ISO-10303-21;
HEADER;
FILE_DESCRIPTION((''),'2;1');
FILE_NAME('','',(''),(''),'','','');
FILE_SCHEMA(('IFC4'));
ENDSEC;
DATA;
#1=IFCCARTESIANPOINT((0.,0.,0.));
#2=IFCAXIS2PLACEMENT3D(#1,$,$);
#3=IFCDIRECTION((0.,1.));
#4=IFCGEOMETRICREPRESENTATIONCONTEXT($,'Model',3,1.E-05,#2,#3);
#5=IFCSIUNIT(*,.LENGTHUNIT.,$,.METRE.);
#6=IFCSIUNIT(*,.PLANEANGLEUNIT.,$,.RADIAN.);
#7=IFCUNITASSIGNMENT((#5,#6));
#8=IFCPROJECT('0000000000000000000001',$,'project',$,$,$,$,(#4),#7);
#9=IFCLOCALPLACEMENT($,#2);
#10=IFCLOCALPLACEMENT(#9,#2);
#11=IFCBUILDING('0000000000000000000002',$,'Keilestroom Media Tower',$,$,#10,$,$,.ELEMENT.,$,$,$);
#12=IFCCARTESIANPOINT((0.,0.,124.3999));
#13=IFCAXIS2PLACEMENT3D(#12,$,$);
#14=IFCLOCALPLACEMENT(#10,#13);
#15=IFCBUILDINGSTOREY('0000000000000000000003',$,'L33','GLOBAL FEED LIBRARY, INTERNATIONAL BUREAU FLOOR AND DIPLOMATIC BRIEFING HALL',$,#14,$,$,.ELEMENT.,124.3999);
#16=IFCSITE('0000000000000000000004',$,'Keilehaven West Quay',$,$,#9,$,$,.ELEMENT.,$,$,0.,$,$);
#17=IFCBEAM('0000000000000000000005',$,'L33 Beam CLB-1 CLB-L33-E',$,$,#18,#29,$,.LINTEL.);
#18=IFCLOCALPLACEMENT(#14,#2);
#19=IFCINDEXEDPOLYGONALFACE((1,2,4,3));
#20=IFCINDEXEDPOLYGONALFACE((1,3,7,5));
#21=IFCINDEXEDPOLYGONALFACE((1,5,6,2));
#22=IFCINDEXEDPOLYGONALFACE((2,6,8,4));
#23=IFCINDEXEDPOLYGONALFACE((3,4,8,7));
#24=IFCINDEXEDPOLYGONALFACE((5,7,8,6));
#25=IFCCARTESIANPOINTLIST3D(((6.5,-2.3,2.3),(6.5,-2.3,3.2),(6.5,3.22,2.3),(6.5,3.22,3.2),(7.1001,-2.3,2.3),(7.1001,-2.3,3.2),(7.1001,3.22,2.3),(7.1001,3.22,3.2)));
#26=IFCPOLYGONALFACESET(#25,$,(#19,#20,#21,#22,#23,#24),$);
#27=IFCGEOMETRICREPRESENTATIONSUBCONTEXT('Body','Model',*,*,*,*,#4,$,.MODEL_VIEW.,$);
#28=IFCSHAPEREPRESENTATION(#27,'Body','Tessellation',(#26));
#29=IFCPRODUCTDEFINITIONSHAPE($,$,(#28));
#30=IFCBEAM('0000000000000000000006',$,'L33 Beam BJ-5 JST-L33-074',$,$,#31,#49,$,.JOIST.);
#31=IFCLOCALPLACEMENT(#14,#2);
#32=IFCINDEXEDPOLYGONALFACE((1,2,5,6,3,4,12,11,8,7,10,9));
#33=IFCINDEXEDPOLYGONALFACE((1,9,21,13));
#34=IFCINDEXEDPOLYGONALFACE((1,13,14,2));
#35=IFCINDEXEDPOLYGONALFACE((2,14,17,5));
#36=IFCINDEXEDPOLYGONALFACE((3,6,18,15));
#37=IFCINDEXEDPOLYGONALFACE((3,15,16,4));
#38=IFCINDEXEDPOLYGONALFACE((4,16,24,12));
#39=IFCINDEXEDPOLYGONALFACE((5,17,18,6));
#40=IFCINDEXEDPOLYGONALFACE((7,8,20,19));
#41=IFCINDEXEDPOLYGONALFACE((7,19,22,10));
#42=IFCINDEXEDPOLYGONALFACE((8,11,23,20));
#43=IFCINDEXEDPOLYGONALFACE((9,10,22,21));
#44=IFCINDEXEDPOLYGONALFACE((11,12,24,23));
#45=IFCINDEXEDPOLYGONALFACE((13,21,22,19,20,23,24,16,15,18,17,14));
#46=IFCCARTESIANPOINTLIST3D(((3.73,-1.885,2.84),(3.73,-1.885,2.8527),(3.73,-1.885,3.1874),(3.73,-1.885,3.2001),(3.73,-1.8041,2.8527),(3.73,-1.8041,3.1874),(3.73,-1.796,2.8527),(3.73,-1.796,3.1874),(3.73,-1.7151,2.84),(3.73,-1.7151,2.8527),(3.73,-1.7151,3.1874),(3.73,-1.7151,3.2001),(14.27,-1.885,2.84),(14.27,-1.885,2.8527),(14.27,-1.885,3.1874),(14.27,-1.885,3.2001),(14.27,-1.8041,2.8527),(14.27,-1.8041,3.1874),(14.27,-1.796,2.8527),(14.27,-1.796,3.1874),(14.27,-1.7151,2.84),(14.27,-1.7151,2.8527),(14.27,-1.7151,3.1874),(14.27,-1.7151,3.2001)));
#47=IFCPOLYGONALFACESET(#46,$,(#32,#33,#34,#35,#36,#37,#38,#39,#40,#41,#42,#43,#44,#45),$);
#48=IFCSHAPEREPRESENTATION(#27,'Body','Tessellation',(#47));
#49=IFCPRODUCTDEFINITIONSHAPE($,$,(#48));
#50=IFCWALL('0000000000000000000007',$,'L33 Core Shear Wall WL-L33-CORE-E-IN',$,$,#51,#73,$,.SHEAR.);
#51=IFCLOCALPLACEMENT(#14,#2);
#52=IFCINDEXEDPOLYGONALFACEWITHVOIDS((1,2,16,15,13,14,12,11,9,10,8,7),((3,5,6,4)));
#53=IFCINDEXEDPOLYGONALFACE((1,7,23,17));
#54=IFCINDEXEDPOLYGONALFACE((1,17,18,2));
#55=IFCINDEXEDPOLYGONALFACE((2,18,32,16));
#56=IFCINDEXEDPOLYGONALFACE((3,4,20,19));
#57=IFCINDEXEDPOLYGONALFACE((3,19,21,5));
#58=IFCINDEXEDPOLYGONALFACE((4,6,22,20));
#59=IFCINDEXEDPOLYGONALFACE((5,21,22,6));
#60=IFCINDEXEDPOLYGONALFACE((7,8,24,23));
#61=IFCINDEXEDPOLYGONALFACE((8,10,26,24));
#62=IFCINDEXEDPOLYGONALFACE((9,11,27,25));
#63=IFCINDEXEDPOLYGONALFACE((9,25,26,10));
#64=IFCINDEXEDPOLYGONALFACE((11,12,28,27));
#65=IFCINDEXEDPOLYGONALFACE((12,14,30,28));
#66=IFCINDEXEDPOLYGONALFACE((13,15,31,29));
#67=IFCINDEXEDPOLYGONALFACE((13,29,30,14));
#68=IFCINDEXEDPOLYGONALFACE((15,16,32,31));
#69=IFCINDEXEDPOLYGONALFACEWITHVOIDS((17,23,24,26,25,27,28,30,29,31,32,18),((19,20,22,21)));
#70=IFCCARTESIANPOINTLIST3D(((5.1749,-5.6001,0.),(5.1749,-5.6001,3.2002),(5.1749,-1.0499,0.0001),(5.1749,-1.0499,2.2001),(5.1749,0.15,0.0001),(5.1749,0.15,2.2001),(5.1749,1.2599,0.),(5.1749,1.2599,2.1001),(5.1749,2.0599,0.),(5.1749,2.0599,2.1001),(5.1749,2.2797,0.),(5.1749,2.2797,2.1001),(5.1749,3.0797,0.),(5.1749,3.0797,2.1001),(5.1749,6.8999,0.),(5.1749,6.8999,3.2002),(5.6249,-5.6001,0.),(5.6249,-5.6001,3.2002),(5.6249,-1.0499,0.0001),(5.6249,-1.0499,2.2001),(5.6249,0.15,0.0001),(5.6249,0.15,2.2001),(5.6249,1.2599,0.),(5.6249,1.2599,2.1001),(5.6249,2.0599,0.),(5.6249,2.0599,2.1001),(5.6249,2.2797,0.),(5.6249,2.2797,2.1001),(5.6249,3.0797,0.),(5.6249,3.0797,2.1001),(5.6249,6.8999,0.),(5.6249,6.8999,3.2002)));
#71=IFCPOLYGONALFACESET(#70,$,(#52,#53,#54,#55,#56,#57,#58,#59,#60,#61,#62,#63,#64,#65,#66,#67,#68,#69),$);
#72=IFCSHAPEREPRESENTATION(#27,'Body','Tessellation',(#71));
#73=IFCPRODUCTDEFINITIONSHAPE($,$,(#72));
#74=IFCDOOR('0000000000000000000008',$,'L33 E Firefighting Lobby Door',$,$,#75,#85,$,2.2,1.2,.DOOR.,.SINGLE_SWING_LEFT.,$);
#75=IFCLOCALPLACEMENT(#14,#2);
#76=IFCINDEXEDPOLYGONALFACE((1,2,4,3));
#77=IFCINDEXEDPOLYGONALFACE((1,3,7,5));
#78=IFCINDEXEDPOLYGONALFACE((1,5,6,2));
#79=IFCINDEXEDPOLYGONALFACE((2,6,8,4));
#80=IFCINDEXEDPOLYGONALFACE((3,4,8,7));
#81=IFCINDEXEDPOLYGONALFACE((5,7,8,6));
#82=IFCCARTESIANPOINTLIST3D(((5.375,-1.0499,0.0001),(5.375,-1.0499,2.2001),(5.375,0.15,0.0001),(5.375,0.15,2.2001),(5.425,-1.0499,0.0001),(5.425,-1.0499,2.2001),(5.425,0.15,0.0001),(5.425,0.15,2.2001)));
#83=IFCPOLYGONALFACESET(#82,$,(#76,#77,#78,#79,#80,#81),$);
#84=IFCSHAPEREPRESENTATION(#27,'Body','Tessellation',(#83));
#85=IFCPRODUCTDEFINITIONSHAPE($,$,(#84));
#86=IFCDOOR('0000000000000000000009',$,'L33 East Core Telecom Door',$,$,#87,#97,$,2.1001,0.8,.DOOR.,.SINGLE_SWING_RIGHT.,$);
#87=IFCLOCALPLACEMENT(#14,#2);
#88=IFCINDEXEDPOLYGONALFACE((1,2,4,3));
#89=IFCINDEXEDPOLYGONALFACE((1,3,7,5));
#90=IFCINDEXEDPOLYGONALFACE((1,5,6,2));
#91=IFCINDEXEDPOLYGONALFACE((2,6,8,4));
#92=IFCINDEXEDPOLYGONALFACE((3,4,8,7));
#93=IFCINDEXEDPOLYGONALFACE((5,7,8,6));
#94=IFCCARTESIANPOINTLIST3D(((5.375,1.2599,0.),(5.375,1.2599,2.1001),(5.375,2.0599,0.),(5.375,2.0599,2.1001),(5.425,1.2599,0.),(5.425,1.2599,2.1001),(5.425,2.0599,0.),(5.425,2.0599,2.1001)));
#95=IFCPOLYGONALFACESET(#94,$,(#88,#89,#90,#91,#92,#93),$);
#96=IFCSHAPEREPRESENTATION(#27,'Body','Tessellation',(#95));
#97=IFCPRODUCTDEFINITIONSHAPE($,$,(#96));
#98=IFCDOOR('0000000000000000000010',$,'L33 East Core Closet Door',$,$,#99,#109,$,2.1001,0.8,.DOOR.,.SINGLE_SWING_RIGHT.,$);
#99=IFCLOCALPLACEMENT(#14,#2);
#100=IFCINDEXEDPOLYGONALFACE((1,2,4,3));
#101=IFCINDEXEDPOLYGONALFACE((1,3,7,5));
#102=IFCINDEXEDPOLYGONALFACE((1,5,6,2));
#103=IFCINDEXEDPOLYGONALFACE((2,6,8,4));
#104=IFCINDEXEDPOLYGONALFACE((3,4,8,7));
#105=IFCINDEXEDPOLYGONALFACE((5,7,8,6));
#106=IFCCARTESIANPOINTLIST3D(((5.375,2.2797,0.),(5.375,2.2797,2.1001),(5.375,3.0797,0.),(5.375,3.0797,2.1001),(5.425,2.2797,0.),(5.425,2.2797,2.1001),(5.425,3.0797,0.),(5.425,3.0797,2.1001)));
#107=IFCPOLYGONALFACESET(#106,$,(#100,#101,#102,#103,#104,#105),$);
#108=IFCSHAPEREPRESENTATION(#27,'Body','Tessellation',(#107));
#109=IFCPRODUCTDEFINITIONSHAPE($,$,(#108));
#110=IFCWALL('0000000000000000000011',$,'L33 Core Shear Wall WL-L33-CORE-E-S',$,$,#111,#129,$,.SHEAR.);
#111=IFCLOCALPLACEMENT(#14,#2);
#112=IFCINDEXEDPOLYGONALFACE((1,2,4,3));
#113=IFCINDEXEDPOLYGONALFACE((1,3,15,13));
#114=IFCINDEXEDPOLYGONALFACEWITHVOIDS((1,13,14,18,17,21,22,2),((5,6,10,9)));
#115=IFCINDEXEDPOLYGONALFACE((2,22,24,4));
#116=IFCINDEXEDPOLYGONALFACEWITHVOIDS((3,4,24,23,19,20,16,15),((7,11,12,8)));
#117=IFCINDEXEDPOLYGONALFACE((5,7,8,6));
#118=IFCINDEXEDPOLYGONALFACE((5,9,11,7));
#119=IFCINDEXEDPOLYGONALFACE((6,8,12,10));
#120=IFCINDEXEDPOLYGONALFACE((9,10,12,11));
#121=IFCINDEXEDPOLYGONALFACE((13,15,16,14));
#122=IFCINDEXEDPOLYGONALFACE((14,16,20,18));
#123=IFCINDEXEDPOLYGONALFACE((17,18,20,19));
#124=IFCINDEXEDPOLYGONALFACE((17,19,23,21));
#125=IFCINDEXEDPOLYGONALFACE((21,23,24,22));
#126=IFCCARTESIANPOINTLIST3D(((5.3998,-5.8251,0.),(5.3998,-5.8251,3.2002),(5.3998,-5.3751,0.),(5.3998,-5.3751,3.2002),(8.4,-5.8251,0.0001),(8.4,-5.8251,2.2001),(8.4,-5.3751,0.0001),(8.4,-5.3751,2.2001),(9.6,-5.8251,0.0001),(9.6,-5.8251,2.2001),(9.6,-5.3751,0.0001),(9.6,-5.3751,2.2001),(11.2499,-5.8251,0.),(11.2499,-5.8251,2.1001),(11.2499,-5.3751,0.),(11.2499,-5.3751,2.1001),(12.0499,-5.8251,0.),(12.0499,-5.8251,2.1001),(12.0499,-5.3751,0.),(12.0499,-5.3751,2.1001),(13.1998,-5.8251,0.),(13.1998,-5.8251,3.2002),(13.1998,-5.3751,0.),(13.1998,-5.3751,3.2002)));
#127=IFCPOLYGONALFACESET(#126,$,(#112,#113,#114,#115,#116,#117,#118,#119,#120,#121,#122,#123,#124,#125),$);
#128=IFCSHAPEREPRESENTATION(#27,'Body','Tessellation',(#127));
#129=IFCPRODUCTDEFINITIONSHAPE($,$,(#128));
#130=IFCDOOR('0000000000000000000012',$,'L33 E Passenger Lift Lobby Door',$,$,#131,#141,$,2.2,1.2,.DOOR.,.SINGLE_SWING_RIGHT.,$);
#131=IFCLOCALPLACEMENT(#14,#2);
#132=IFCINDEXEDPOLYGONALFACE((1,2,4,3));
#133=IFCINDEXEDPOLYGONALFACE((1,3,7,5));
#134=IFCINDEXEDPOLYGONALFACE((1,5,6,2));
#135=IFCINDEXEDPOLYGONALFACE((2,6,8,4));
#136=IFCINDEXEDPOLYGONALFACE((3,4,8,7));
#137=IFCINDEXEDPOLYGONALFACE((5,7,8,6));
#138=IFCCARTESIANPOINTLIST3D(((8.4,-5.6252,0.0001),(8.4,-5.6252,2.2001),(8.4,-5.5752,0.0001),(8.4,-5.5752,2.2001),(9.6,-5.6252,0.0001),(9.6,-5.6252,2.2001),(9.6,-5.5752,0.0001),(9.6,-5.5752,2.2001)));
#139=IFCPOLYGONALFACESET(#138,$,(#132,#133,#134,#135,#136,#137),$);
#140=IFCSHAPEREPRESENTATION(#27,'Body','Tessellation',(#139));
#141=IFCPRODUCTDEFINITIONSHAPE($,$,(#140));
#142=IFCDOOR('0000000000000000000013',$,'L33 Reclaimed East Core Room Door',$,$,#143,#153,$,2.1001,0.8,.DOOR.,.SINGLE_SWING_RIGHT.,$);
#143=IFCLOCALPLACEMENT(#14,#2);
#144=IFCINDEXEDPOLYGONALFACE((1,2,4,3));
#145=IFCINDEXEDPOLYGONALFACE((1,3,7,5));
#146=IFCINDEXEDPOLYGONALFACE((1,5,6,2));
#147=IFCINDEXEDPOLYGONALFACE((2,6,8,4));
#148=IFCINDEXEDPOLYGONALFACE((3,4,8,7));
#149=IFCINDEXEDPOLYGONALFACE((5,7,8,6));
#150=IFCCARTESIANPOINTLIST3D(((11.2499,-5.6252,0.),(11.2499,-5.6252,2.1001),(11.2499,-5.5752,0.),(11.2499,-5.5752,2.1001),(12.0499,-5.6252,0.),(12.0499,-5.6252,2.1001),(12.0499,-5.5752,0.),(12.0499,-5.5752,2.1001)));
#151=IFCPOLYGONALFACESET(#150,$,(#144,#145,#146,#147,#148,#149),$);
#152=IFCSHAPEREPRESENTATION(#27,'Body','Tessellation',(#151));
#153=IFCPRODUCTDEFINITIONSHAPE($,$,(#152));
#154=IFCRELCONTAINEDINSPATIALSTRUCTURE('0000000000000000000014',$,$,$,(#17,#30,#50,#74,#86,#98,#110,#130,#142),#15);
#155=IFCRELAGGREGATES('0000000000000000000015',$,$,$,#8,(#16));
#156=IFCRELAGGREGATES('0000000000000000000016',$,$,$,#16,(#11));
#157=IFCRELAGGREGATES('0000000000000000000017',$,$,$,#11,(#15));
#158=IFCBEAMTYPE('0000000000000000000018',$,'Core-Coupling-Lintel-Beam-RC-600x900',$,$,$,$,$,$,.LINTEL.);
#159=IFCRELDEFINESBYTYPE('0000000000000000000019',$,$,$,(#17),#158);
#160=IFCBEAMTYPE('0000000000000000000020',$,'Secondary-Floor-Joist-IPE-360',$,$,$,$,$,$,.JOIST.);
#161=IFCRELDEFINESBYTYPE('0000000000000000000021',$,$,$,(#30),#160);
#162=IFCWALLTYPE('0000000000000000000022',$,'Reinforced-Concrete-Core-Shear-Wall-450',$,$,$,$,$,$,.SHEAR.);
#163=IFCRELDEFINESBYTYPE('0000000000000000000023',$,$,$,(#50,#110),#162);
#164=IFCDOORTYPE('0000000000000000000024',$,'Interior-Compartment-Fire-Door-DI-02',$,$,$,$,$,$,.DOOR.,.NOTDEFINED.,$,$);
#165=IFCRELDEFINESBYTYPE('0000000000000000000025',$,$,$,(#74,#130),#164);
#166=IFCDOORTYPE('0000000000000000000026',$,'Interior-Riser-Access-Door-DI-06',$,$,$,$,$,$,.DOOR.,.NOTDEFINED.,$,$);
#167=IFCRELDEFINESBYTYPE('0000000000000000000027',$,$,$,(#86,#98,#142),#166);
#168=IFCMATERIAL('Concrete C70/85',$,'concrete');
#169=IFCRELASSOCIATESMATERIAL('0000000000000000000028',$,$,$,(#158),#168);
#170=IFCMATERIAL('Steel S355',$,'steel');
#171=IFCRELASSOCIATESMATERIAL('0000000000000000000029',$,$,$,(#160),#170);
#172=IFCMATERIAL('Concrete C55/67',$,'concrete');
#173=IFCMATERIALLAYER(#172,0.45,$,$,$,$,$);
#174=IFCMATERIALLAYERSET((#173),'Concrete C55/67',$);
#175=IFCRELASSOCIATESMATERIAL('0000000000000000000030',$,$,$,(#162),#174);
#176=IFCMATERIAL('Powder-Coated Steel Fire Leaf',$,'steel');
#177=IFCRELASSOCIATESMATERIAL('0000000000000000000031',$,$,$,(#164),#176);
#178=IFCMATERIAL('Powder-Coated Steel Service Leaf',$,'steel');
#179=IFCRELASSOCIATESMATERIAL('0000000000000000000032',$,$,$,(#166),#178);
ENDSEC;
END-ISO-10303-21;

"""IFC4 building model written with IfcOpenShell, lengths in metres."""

from ifc_helpers import new_model, si_unit, direction, frame, frame_2d, origin, origin_2d, place, context, subcontext, project, spatial, rectangle, i_section, extrude, source, transform, mapped, material, layer, layer_set, material_profile, profile_set, type_object, element, fill, save


model = new_model("IFC4")

# Units and contexts
model_context = context("Model", 3, precision=1e-05, world=origin(), true_north=direction((0.0, 1.0)))
body_context = subcontext(model_context, "Body", "Model", "MODEL_VIEW")
ifc_project = project(units=[si_unit("LENGTHUNIT", "METRE"), si_unit("PLANEANGLEUNIT", "RADIAN")], contexts=[model_context])

# Site, building, storey
site_placement = place(None, origin())
site = spatial("IfcSite", under=ifc_project, at=site_placement, Name="Keilehaven West Quay", CompositionType="ELEMENT", RefElevation=0.0)
building_placement = place(site_placement, origin())
building = spatial("IfcBuilding", under=site, at=building_placement, Name="Keilestroom Media Tower", CompositionType="ELEMENT")
storey_placement = place(building_placement, frame((0.0, 0.0, 124.3999)))
storey = spatial("IfcBuildingStorey", under=building, at=storey_placement, Name="L33", Description="GLOBAL FEED LIBRARY, INTERNATIONAL BUREAU FLOOR AND DIPLOMATIC BRIEFING HALL", CompositionType="ELEMENT", Elevation=124.3999)

# Beams
ifc_material_1 = material(Name="Concrete C70/85", Category="concrete")
ifc_material_profile_1 = material_profile(ifc_material_1, rectangle(XDim=0.6001, YDim=0.8999, at=origin_2d()), Name="RC 600x900")
ifc_profile_set_1 = profile_set([ifc_material_profile_1], Name="Concrete C70/85")
beam_type_1 = type_object("IfcBeamType", Name="Core-Coupling-Lintel-Beam-RC-600x900", PredefinedType="LINTEL", material=ifc_profile_set_1)
shared_shape_1 = source(origin(), body_context, "Body", "SweptSolid", [
    extrude(rectangle(XDim=0.6001, YDim=0.8999, at=origin_2d()), origin(), (0.0, 0.0, 1.0), 5.52),
])
beam_1_placement = place(storey_placement, frame((6.8, -2.3, 2.75), z_axis=(0.0, 1.0, 0.0), x_axis=(-1.0, 0.0, 0.0)))
element("IfcBeam", 1, at=beam_1_placement, inside=storey, type_object=beam_type_1, Name="L33 Beam CLB-1 CLB-L33-E", PredefinedType="LINTEL", context=body_context, shape_type="MappedRepresentation", body=[
    mapped(shared_shape_1, transform((0.0, 0.0, 0.0), x_axis=(1.0, 0.0, 0.0), y_axis=(0.0, 1.0, 0.0), z_axis=(0.0, 0.0, 1.0), scale=1.0)),
])
ifc_material_2 = material(Name="Steel S355", Category="steel")
ifc_material_profile_2 = material_profile(ifc_material_2, i_section(OverallWidth=0.1699, OverallDepth=0.3601, WebThickness=0.0081, FlangeThickness=0.0127, at=origin_2d()), Name="IPE 360")
ifc_profile_set_2 = profile_set([ifc_material_profile_2], Name="Steel S355")
beam_type_2 = type_object("IfcBeamType", Name="Secondary-Floor-Joist-IPE-360", PredefinedType="JOIST", material=ifc_profile_set_2)
shared_shape_2 = source(origin(), body_context, "Body", "SweptSolid", [
    extrude(i_section(OverallWidth=0.1699, OverallDepth=0.3601, WebThickness=0.0081, FlangeThickness=0.0127, at=origin_2d()), origin(), (0.0, 0.0, 1.0), 10.54),
])
beam_2_placement = place(storey_placement, frame((3.73, -1.8, 3.02), z_axis=(1.0, 0.0, 0.0), x_axis=(0.0, 1.0, 0.0)))
element("IfcBeam", 2, at=beam_2_placement, inside=storey, type_object=beam_type_2, Name="L33 Beam BJ-5 JST-L33-074", PredefinedType="JOIST", context=body_context, shape_type="MappedRepresentation", body=[
    mapped(shared_shape_2, transform((0.0, 0.0, 0.0), x_axis=(1.0, 0.0, 0.0), y_axis=(0.0, 1.0, 0.0), z_axis=(0.0, 0.0, 1.0), scale=1.0)),
])

# Walls, openings, doors
ifc_material_3 = material(Name="Concrete C55/67", Category="concrete")
ifc_layer_1 = layer(ifc_material_3, 0.45)
ifc_layer_set_1 = layer_set([ifc_layer_1], Name="Concrete C55/67")
wall_type_1 = type_object("IfcWallType", Name="Reinforced-Concrete-Core-Shear-Wall-450", PredefinedType="SHEAR", material=ifc_layer_set_1)
wall_1_placement = place(storey_placement, frame((5.3999, -5.6001, 0.0), z_axis=(0.0, 0.0, 1.0), x_axis=(0.0, 1.0, 0.0)))
wall_1 = element("IfcWall", 3, at=wall_1_placement, inside=storey, type_object=wall_type_1, Name="L33 Core Shear Wall WL-L33-CORE-E-IN", PredefinedType="SHEAR", context=body_context, shape_type="SweptSolid", body=[
    extrude(rectangle(XDim=12.5, YDim=0.45, at=frame_2d((6.25, 0.0))), origin(), (0.0, 0.0, 1.0), 3.2002),
])
opening_1_placement = place(wall_1_placement, frame((4.55, 0.0, 0.0)))
opening_1 = element("IfcOpeningElement", 4, at=opening_1_placement, cuts=wall_1, PredefinedType="OPENING", context=body_context, shape_type="SweptSolid", body=[
    extrude(rectangle(XDim=1.2, YDim=2.2, at=frame_2d((0.6001, 1.1001))), frame((0.0, 0.2349, 0.0), z_axis=(0.0, -1.0, 0.0), x_axis=(1.0, 0.0, 0.0)), (0.0, 0.0, 1.0), 0.47),
])
opening_2_placement = place(wall_1_placement, frame((6.8601, 0.0, 0.0)))
opening_2 = element("IfcOpeningElement", 5, at=opening_2_placement, cuts=wall_1, PredefinedType="OPENING", context=body_context, shape_type="SweptSolid", body=[
    extrude(rectangle(XDim=0.8, YDim=2.1001, at=frame_2d((0.3999, 1.05))), frame((0.0, 0.2349, 0.0), z_axis=(0.0, -1.0, 0.0), x_axis=(1.0, 0.0, 0.0)), (0.0, 0.0, 1.0), 0.47),
])
opening_3_placement = place(wall_1_placement, frame((7.8799, 0.0, 0.0)))
opening_3 = element("IfcOpeningElement", 6, at=opening_3_placement, cuts=wall_1, PredefinedType="OPENING", context=body_context, shape_type="SweptSolid", body=[
    extrude(rectangle(XDim=0.8, YDim=2.1001, at=frame_2d((0.3999, 1.05))), frame((0.0, 0.2349, 0.0), z_axis=(0.0, -1.0, 0.0), x_axis=(1.0, 0.0, 0.0)), (0.0, 0.0, 1.0), 0.47),
])
ifc_material_4 = material(Name="Powder-Coated Steel Fire Leaf", Category="steel")
door_type_1 = type_object("IfcDoorType", Name="Interior-Compartment-Fire-Door-DI-02", OperationType="NOTDEFINED", PredefinedType="DOOR", material=ifc_material_4)
shared_shape_3 = source(origin(), body_context, "Body", "SweptSolid", [
    extrude(rectangle(XDim=1.2, YDim=2.2, at=frame_2d((0.6001, 1.1001))), frame((0.0, 0.0249, 0.0), z_axis=(0.0, -1.0, 0.0), x_axis=(1.0, 0.0, 0.0)), (0.0, 0.0, 1.0), 0.05),
])
door_1_placement = place(opening_1_placement, origin())
door_1 = element("IfcDoor", 7, at=door_1_placement, inside=storey, type_object=door_type_1, Name="L33 E Firefighting Lobby Door", OperationType="SINGLE_SWING_LEFT", OverallHeight=2.2, OverallWidth=1.2, PredefinedType="DOOR", context=body_context, shape_type="MappedRepresentation", body=[
    mapped(shared_shape_3, transform((0.0, 0.0, 0.0), x_axis=(1.0, 0.0, 0.0), y_axis=(0.0, 1.0, 0.0), z_axis=(0.0, 0.0, 1.0), scale=1.0)),
])
fill(opening_1, door_1)
ifc_material_5 = material(Name="Powder-Coated Steel Service Leaf", Category="steel")
door_type_2 = type_object("IfcDoorType", Name="Interior-Riser-Access-Door-DI-06", OperationType="NOTDEFINED", PredefinedType="DOOR", material=ifc_material_5)
shared_shape_4 = source(origin(), body_context, "Body", "SweptSolid", [
    extrude(rectangle(XDim=0.8, YDim=2.1001, at=frame_2d((0.3999, 1.05))), frame((0.0, 0.0249, 0.0), z_axis=(0.0, -1.0, 0.0), x_axis=(1.0, 0.0, 0.0)), (0.0, 0.0, 1.0), 0.05),
])
door_2_placement = place(opening_2_placement, origin())
door_2 = element("IfcDoor", 8, at=door_2_placement, inside=storey, type_object=door_type_2, Name="L33 East Core Telecom Door", OperationType="SINGLE_SWING_RIGHT", OverallHeight=2.1001, OverallWidth=0.8, PredefinedType="DOOR", context=body_context, shape_type="MappedRepresentation", body=[
    mapped(shared_shape_4, transform((0.0, 0.0, 0.0), x_axis=(1.0, 0.0, 0.0), y_axis=(0.0, 1.0, 0.0), z_axis=(0.0, 0.0, 1.0), scale=1.0)),
])
fill(opening_2, door_2)
door_3_placement = place(opening_3_placement, origin())
door_3 = element("IfcDoor", 9, at=door_3_placement, inside=storey, type_object=door_type_2, Name="L33 East Core Closet Door", OperationType="SINGLE_SWING_RIGHT", OverallHeight=2.1001, OverallWidth=0.8, PredefinedType="DOOR", context=body_context, shape_type="MappedRepresentation", body=[
    mapped(shared_shape_4, transform((0.0, 0.0, 0.0), x_axis=(1.0, 0.0, 0.0), y_axis=(0.0, 1.0, 0.0), z_axis=(0.0, 0.0, 1.0), scale=1.0)),
])
fill(opening_3, door_3)
wall_2_placement = place(storey_placement, frame((5.3999, -5.6001, 0.0), z_axis=(0.0, 0.0, 1.0), x_axis=(1.0, 0.0, 0.0)))
wall_2 = element("IfcWall", 10, at=wall_2_placement, inside=storey, type_object=wall_type_1, Name="L33 Core Shear Wall WL-L33-CORE-E-S", PredefinedType="SHEAR", context=body_context, shape_type="SweptSolid", body=[
    extrude(rectangle(XDim=7.8, YDim=0.45, at=frame_2d((3.8999, 0.0))), origin(), (0.0, 0.0, 1.0), 3.2002),
])
opening_4_placement = place(wall_2_placement, frame((3.0, 0.0, 0.0)))
opening_4 = element("IfcOpeningElement", 11, at=opening_4_placement, cuts=wall_2, PredefinedType="OPENING", context=body_context, shape_type="SweptSolid", body=[
    extrude(rectangle(XDim=1.2, YDim=2.2, at=frame_2d((0.6001, 1.1001))), frame((0.0, 0.2349, 0.0), z_axis=(0.0, -1.0, 0.0), x_axis=(1.0, 0.0, 0.0)), (0.0, 0.0, 1.0), 0.47),
])
opening_5_placement = place(wall_2_placement, frame((5.8501, 0.0, 0.0)))
opening_5 = element("IfcOpeningElement", 12, at=opening_5_placement, cuts=wall_2, PredefinedType="OPENING", context=body_context, shape_type="SweptSolid", body=[
    extrude(rectangle(XDim=0.8, YDim=2.1001, at=frame_2d((0.3999, 1.05))), frame((0.0, 0.2349, 0.0), z_axis=(0.0, -1.0, 0.0), x_axis=(1.0, 0.0, 0.0)), (0.0, 0.0, 1.0), 0.47),
])
door_4_placement = place(opening_4_placement, origin())
door_4 = element("IfcDoor", 13, at=door_4_placement, inside=storey, type_object=door_type_1, Name="L33 E Passenger Lift Lobby Door", OperationType="SINGLE_SWING_RIGHT", OverallHeight=2.2, OverallWidth=1.2, PredefinedType="DOOR", context=body_context, shape_type="MappedRepresentation", body=[
    mapped(shared_shape_3, transform((0.0, 0.0, 0.0), x_axis=(1.0, 0.0, 0.0), y_axis=(0.0, 1.0, 0.0), z_axis=(0.0, 0.0, 1.0), scale=1.0)),
])
fill(opening_4, door_4)
door_5_placement = place(opening_5_placement, origin())
door_5 = element("IfcDoor", 14, at=door_5_placement, inside=storey, type_object=door_type_2, Name="L33 Reclaimed East Core Room Door", OperationType="SINGLE_SWING_RIGHT", OverallHeight=2.1001, OverallWidth=0.8, PredefinedType="DOOR", context=body_context, shape_type="MappedRepresentation", body=[
    mapped(shared_shape_4, transform((0.0, 0.0, 0.0), x_axis=(1.0, 0.0, 0.0), y_axis=(0.0, 1.0, 0.0), z_axis=(0.0, 0.0, 1.0), scale=1.0)),
])
fill(opening_5, door_5)

save(model, "model.ifc")
